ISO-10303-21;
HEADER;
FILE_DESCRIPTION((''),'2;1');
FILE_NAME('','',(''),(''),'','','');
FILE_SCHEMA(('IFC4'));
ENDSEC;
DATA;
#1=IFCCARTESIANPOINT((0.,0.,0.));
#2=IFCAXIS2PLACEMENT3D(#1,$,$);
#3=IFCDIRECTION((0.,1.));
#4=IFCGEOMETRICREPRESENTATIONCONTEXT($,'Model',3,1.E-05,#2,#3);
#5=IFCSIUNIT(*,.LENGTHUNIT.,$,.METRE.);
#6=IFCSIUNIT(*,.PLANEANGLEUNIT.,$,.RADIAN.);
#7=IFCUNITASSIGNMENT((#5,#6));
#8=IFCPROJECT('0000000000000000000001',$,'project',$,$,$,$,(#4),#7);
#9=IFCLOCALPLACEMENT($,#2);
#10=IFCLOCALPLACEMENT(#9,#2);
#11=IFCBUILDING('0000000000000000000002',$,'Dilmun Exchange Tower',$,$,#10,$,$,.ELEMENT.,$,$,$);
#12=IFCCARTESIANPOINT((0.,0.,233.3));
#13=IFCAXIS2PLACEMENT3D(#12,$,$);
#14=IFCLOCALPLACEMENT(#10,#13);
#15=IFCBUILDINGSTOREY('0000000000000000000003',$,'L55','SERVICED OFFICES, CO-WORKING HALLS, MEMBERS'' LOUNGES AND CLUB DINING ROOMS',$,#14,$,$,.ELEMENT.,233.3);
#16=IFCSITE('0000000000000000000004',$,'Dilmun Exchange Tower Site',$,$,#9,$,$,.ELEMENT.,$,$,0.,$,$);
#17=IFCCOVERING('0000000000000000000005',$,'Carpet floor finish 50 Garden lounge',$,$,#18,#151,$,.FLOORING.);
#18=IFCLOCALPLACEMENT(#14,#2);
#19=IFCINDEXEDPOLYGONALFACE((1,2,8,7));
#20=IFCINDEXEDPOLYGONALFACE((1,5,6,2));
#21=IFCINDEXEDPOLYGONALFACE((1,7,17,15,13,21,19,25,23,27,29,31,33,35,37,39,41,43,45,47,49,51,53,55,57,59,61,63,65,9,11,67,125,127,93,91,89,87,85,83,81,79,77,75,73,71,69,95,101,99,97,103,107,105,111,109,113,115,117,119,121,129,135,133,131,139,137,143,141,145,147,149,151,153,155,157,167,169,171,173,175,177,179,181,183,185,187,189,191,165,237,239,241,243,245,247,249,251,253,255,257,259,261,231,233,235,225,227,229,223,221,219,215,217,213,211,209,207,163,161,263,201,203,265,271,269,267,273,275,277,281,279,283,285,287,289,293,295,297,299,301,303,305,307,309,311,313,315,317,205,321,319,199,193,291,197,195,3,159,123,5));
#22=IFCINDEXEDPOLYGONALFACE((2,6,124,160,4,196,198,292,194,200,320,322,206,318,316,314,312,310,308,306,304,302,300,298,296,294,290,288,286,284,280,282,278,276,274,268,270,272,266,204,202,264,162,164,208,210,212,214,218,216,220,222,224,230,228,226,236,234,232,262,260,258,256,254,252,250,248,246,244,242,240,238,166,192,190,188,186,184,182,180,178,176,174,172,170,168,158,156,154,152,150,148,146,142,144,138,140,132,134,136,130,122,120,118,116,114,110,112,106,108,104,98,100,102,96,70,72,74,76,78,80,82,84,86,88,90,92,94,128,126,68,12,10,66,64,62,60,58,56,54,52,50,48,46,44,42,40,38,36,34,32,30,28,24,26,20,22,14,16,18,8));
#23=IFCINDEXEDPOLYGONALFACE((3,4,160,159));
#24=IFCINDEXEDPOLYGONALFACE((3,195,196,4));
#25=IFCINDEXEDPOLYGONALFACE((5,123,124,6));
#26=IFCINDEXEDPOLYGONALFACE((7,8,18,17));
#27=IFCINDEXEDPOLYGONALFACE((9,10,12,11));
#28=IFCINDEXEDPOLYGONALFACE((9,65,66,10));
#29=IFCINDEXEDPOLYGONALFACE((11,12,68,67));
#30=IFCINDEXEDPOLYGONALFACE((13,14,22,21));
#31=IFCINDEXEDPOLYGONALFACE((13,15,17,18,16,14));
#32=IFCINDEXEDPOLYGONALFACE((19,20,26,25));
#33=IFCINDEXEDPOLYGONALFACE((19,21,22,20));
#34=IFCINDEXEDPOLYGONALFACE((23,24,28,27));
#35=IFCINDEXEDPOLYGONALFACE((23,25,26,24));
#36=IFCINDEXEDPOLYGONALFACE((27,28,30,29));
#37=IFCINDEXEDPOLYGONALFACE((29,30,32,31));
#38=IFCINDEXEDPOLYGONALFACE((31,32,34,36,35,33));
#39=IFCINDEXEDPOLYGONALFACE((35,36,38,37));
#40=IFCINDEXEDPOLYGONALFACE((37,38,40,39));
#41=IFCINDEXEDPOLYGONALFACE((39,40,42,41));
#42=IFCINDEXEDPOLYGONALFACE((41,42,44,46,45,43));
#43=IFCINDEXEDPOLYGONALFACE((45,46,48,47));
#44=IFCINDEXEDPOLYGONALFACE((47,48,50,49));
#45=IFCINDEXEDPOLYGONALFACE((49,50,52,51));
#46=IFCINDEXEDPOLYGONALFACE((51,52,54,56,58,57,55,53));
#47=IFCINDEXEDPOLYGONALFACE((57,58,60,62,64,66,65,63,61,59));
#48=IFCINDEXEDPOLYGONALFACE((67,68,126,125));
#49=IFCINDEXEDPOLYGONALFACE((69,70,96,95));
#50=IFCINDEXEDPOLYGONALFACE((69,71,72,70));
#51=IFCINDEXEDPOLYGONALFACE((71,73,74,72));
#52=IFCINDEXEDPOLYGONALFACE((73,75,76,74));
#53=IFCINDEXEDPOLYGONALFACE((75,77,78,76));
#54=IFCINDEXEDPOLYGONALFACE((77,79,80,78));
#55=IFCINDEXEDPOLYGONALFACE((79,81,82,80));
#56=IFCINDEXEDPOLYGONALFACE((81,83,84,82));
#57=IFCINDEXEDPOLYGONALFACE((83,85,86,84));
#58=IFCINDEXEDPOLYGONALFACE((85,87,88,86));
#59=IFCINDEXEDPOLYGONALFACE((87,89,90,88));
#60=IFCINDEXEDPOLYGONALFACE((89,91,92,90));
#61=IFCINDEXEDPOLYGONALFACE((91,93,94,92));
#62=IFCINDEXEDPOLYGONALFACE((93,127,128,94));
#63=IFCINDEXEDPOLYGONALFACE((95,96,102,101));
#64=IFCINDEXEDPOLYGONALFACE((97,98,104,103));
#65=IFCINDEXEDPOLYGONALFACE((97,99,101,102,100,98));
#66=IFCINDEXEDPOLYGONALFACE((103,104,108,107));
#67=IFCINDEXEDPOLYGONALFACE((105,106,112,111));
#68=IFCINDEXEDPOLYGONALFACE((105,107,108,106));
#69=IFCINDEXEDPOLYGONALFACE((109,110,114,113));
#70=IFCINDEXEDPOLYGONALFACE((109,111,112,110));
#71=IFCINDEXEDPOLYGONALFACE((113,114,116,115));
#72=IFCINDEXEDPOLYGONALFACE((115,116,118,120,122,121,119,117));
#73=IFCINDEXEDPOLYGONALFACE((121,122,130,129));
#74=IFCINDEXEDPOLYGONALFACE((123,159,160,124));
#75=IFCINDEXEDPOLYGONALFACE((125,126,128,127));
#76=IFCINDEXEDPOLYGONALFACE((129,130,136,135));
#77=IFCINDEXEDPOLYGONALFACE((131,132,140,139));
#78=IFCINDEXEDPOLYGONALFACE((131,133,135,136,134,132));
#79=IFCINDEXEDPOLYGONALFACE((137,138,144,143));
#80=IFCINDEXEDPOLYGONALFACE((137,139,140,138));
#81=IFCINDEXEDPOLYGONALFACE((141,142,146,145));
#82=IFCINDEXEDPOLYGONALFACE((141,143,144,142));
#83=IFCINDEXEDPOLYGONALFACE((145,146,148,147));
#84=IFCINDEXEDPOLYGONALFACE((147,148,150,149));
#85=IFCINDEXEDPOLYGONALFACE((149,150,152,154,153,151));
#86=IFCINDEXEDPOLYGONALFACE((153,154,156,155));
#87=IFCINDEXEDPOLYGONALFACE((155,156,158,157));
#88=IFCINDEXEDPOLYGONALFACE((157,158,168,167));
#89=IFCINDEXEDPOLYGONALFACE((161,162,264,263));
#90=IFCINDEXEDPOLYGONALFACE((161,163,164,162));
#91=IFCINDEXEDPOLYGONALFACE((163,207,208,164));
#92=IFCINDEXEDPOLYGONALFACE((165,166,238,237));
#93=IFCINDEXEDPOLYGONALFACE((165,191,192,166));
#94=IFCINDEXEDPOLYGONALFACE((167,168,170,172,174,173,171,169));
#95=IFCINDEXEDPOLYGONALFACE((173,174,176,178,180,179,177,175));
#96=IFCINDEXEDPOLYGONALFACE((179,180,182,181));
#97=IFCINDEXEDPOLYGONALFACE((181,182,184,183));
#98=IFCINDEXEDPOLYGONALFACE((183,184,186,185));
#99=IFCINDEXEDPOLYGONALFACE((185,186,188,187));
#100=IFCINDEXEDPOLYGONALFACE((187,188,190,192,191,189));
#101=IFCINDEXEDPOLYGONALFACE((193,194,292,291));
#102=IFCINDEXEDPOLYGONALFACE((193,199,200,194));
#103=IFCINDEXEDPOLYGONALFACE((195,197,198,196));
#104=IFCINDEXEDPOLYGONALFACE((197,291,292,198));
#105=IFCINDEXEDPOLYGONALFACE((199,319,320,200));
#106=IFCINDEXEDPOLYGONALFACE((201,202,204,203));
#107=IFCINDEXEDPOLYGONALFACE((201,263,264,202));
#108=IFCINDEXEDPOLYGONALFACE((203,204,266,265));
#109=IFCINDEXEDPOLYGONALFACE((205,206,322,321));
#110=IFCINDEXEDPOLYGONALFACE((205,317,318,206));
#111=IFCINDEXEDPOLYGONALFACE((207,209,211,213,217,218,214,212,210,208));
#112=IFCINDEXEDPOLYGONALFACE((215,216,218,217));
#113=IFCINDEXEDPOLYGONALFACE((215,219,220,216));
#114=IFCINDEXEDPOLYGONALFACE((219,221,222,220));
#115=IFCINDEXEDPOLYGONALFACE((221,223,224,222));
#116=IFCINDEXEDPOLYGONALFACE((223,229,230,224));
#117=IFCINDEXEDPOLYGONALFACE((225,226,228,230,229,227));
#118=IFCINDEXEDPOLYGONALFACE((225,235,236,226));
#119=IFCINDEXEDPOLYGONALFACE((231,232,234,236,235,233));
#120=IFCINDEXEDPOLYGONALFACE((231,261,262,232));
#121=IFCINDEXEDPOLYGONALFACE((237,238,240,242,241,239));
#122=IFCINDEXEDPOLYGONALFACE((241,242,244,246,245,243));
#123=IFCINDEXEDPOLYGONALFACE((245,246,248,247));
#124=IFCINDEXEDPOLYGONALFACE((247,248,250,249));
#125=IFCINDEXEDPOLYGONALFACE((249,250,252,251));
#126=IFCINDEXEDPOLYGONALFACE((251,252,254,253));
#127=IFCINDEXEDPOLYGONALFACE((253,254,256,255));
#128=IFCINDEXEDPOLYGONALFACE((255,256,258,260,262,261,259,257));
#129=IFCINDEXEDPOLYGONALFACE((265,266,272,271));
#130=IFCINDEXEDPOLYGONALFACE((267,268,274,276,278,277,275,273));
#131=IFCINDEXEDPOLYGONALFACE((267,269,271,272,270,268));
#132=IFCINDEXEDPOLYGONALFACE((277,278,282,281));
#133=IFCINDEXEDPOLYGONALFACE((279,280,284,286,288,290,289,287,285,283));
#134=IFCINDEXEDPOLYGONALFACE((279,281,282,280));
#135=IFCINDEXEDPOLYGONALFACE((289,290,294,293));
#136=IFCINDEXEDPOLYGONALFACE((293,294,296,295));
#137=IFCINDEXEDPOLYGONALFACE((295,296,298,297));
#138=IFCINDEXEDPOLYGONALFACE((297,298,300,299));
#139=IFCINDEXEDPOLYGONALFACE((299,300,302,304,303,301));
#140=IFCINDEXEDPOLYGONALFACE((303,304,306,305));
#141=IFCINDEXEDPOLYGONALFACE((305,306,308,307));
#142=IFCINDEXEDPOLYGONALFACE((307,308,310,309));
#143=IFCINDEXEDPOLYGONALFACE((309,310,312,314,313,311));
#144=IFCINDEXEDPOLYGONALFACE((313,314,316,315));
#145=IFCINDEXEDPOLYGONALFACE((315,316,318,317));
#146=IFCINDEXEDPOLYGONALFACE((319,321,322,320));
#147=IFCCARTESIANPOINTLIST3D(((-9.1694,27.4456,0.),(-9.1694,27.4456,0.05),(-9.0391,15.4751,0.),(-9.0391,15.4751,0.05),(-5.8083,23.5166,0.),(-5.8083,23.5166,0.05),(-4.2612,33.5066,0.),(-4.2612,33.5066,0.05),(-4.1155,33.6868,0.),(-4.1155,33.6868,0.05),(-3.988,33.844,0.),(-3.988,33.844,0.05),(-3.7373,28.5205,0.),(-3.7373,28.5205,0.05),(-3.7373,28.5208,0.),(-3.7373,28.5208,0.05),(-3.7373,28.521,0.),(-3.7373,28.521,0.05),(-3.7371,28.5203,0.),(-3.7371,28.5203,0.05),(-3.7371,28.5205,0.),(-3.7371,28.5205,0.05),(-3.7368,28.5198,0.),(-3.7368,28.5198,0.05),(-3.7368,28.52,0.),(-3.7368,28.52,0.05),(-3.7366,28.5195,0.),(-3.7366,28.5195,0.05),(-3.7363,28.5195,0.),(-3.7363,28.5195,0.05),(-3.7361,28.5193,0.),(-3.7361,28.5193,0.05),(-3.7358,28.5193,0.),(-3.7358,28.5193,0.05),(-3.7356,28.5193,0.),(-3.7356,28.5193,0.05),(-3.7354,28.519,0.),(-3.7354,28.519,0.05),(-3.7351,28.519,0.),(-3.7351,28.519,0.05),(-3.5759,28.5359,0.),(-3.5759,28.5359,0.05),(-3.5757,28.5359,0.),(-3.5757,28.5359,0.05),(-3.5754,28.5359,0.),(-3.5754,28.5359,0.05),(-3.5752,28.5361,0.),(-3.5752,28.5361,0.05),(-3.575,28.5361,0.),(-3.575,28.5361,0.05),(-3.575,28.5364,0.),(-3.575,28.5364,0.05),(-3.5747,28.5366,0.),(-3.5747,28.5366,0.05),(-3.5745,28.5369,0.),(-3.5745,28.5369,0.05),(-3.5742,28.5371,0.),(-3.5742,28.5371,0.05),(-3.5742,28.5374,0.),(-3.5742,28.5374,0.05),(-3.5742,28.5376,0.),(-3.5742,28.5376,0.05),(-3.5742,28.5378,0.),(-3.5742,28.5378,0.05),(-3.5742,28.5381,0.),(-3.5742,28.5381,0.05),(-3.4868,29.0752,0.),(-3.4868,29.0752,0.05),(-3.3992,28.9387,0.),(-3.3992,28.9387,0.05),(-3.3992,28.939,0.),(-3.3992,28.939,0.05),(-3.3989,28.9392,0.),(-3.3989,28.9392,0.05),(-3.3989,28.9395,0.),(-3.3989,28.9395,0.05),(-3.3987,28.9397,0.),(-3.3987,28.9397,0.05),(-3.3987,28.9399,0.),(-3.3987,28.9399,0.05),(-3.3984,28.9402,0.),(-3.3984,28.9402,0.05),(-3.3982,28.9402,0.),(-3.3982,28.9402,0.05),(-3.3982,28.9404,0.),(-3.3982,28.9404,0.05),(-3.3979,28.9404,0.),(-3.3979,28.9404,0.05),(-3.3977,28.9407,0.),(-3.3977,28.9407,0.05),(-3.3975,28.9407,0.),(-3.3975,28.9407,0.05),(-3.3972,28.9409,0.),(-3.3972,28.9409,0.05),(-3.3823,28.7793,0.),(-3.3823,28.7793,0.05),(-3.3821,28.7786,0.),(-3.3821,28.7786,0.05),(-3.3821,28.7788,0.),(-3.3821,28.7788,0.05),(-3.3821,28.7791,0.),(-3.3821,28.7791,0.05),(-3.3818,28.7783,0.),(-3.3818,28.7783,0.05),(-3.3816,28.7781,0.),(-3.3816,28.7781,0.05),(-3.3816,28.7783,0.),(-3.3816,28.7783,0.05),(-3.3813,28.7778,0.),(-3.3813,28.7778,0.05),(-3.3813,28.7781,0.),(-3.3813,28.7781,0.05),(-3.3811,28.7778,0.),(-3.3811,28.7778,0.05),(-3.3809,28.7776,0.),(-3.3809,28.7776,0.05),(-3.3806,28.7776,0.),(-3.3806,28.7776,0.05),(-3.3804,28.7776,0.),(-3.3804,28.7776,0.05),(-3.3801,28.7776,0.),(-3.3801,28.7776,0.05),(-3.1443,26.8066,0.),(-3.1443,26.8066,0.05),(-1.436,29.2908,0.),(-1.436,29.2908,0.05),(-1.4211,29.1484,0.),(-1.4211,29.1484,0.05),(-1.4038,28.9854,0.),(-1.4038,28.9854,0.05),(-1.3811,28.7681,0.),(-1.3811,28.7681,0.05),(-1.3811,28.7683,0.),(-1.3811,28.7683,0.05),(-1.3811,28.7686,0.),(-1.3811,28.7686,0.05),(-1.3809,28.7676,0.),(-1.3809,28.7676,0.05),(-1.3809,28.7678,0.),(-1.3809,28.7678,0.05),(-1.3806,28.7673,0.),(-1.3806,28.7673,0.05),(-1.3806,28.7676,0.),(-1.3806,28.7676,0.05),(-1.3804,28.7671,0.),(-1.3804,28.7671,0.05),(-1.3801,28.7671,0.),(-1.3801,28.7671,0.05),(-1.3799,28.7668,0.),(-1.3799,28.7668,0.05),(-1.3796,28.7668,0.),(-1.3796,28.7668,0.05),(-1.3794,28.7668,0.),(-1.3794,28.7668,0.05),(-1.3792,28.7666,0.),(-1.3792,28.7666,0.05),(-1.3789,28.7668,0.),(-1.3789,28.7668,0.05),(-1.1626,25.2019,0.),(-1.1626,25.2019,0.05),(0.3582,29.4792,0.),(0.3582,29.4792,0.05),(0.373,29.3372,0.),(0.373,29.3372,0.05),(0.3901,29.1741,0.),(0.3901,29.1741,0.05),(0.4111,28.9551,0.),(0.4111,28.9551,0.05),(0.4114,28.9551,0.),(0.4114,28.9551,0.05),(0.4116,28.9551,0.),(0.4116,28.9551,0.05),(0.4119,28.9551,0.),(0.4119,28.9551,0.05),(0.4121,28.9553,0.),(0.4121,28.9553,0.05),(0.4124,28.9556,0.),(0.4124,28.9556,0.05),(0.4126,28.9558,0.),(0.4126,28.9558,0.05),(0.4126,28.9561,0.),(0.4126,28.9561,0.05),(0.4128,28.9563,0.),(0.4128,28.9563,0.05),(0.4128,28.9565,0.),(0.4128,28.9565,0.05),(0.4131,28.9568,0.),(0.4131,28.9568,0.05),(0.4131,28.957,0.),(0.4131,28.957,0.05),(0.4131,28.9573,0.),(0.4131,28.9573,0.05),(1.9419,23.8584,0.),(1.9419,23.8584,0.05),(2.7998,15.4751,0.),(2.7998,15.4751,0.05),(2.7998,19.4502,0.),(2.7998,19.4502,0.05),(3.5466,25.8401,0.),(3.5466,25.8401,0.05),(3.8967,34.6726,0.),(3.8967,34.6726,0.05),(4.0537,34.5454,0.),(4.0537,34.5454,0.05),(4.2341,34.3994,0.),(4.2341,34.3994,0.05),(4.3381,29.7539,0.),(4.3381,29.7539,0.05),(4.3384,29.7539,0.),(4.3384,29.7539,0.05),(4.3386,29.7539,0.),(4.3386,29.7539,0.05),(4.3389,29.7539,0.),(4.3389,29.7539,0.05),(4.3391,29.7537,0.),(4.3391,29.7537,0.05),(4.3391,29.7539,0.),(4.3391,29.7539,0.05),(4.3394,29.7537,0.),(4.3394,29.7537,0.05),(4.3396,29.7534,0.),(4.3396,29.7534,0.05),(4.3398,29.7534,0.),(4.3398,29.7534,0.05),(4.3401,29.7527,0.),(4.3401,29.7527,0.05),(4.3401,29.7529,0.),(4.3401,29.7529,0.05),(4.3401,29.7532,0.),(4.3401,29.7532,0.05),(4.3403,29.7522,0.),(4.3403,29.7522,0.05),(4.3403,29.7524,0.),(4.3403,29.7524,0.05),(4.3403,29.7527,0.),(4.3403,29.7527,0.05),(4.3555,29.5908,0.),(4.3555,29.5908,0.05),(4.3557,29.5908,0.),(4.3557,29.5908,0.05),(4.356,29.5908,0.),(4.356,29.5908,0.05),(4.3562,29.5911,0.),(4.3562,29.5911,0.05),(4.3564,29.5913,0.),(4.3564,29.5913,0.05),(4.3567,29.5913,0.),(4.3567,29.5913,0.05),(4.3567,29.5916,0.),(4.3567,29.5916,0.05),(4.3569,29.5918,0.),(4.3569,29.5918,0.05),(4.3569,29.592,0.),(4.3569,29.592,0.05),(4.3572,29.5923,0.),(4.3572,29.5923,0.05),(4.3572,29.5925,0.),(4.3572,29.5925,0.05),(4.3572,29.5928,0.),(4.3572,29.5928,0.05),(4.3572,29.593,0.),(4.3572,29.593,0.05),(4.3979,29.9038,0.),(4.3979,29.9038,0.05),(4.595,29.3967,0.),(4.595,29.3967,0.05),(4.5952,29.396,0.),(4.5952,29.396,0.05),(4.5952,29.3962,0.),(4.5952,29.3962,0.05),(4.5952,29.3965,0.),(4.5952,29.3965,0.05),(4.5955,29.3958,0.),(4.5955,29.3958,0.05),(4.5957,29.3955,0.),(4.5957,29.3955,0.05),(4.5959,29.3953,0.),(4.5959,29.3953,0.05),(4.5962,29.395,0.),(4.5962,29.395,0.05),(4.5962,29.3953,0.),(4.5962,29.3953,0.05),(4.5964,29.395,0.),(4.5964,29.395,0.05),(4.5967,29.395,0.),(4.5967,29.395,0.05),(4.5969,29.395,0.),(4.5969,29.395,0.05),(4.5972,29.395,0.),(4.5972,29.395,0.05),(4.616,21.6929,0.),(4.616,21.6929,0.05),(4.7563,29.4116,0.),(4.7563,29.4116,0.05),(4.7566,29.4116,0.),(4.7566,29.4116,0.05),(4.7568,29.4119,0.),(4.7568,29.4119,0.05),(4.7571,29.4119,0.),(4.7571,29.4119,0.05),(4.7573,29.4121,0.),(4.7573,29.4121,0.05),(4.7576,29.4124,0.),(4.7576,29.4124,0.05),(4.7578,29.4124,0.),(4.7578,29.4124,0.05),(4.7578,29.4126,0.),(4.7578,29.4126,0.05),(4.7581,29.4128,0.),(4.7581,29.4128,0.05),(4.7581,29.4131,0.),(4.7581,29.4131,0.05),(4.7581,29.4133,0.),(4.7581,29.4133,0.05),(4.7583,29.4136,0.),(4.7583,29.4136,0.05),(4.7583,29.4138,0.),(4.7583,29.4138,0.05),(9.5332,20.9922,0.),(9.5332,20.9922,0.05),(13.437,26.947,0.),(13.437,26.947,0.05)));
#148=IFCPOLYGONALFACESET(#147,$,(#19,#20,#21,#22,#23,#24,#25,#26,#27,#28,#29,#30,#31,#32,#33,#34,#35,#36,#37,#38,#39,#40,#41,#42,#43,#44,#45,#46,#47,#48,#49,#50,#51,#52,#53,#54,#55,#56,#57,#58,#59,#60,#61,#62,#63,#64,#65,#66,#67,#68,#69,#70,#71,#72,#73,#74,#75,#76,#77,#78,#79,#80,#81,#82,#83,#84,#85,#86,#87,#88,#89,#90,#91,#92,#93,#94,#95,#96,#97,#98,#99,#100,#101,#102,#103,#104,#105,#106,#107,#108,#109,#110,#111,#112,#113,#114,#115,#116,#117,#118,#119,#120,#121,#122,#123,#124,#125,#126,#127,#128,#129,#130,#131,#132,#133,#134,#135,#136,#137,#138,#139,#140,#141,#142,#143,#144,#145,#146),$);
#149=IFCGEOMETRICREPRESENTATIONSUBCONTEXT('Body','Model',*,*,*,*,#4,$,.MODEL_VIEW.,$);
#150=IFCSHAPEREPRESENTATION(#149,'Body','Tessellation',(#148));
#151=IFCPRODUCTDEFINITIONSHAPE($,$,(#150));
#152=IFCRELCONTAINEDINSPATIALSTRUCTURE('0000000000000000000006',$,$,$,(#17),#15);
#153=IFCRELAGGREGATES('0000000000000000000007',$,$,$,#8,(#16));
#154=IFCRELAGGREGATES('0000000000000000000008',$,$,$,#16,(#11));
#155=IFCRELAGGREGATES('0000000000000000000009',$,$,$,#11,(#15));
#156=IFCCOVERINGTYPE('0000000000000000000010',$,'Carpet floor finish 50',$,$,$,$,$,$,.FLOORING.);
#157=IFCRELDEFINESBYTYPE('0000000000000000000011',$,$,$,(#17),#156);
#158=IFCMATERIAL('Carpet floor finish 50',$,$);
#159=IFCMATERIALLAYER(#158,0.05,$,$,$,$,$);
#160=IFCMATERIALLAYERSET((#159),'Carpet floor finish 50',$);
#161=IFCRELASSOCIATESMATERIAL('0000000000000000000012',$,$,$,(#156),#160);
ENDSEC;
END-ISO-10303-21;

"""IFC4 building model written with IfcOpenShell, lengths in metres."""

from ifc_helpers import new_model, si_unit, direction, frame, origin, place, context, subcontext, project, spatial, polyline, outline, extrude, material, layer, layer_set, type_object, element, save


model = new_model("IFC4")

# Units and contexts
model_context = context("Model", 3, precision=1e-05, world=origin(), true_north=direction((0.0, 1.0)))
body_context = subcontext(model_context, "Body", "Model", "MODEL_VIEW")
ifc_project = project(units=[si_unit("LENGTHUNIT", "METRE"), si_unit("PLANEANGLEUNIT", "RADIAN")], contexts=[model_context])

# Site, building, storey
site_placement = place(None, origin())
site = spatial("IfcSite", under=ifc_project, at=site_placement, Name="Dilmun Exchange Tower Site", CompositionType="ELEMENT", RefElevation=0.0)
building_placement = place(site_placement, origin())
building = spatial("IfcBuilding", under=site, at=building_placement, Name="Dilmun Exchange Tower", CompositionType="ELEMENT")
storey_placement = place(building_placement, frame((0.0, 0.0, 233.3)))
storey = spatial("IfcBuildingStorey", under=building, at=storey_placement, Name="L55", Description="SERVICED OFFICES, CO-WORKING HALLS, MEMBERS' LOUNGES AND CLUB DINING ROOMS", CompositionType="ELEMENT", Elevation=233.3)

# Covering
ifc_material_1 = material(Name="Carpet floor finish 50")
ifc_layer_1 = layer(ifc_material_1, 0.05)
ifc_layer_set_1 = layer_set([ifc_layer_1], Name="Carpet floor finish 50")
covering_type_1 = type_object("IfcCoveringType", Name="Carpet floor finish 50", PredefinedType="FLOORING", material=ifc_layer_set_1)
covering_1_placement = place(storey_placement, origin())
element("IfcCovering", 1, at=covering_1_placement, inside=storey, type_object=covering_type_1, Name="Carpet floor finish 50 Garden lounge", PredefinedType="FLOORING", context=body_context, shape_type="SweptSolid", body=[
    extrude(outline(polyline([(-3.4868, 29.0752), (-1.436, 29.2908), (-1.4211, 29.1484), (-3.3972, 28.9409), (-3.3975, 28.9407), (-3.3977, 28.9407), (-3.3977, 28.9407), (-3.3979, 28.9404), (-3.3982, 28.9404), (-3.3982, 28.9402), (-3.3984, 28.9402), (-3.3987, 28.9399), (-3.3987, 28.9399), (-3.3987, 28.9397), (-3.3989, 28.9395), (-3.3989, 28.9392), (-3.3989, 28.9392), (-3.3992, 28.939), (-3.3992, 28.9387), (-3.3992, 28.9387), (-3.3823, 28.7793), (-3.3823, 28.7793), (-3.3821, 28.7791), (-3.3821, 28.7788), (-3.3821, 28.7788), (-3.3821, 28.7786), (-3.3818, 28.7783), (-3.3816, 28.7783), (-3.3816, 28.7781), (-3.3813, 28.7781), (-3.3813, 28.7778), (-3.3811, 28.7778), (-3.3809, 28.7776), (-3.3806, 28.7776), (-3.3806, 28.7776), (-3.3804, 28.7776), (-3.3801, 28.7776), (-1.4038, 28.9854), (-1.3811, 28.7686), (-1.3811, 28.7683), (-1.3811, 28.7683), (-1.3811, 28.7681), (-1.3809, 28.7678), (-1.3809, 28.7676), (-1.3806, 28.7676), (-1.3806, 28.7673), (-1.3804, 28.7671), (-1.3801, 28.7671), (-1.3801, 28.7671), (-1.3799, 28.7668), (-1.3796, 28.7668), (-1.3794, 28.7668), (-1.3794, 28.7668), (-1.3792, 28.7666), (-1.3789, 28.7668), (0.4111, 28.9551), (0.4114, 28.9551), (0.4116, 28.9551), (0.4116, 28.9551), (0.4119, 28.9551), (0.4121, 28.9553), (0.4121, 28.9553), (0.4124, 28.9556), (0.4126, 28.9558), (0.4126, 28.9558), (0.4126, 28.9561), (0.4128, 28.9563), (0.4128, 28.9563), (0.4128, 28.9565), (0.4131, 28.9568), (0.4131, 28.957), (0.4131, 28.9573), (0.3901, 29.1741), (4.3555, 29.5908), (4.3557, 29.5908), (4.3557, 29.5908), (4.356, 29.5908), (4.3562, 29.5911), (4.3562, 29.5911), (4.3564, 29.5913), (4.3567, 29.5913), (4.3567, 29.5916), (4.3567, 29.5916), (4.3569, 29.5918), (4.3569, 29.592), (4.3572, 29.5923), (4.3572, 29.5923), (4.3572, 29.5925), (4.3572, 29.5928), (4.3572, 29.593), (4.3403, 29.7522), (4.3403, 29.7522), (4.3403, 29.7524), (4.3403, 29.7527), (4.3401, 29.7527), (4.3401, 29.7529), (4.3401, 29.7532), (4.3398, 29.7534), (4.3396, 29.7534), (4.3396, 29.7534), (4.3394, 29.7537), (4.3391, 29.7537), (4.3391, 29.7539), (4.3389, 29.7539), (4.3386, 29.7539), (4.3384, 29.7539), (4.3381, 29.7539), (0.373, 29.3372), (0.3582, 29.4792), (4.3979, 29.9038), (3.8967, 34.6726), (4.0537, 34.5454), (4.595, 29.3967), (4.5952, 29.3965), (4.5952, 29.3962), (4.5952, 29.3962), (4.5952, 29.396), (4.5955, 29.3958), (4.5955, 29.3958), (4.5957, 29.3955), (4.5957, 29.3955), (4.5959, 29.3953), (4.5962, 29.3953), (4.5962, 29.395), (4.5964, 29.395), (4.5967, 29.395), (4.5969, 29.395), (4.5972, 29.395), (4.5972, 29.395), (4.7563, 29.4116), (4.7566, 29.4116), (4.7568, 29.4119), (4.7568, 29.4119), (4.7571, 29.4119), (4.7573, 29.4121), (4.7573, 29.4121), (4.7576, 29.4124), (4.7578, 29.4124), (4.7578, 29.4126), (4.7578, 29.4126), (4.7581, 29.4128), (4.7581, 29.4131), (4.7581, 29.4133), (4.7583, 29.4136), (4.7583, 29.4138), (4.7583, 29.4138), (4.2341, 34.3994), (13.437, 26.947), (9.5332, 20.9922), (3.5466, 25.8401), (1.9419, 23.8584), (4.616, 21.6929), (2.7998, 19.4502), (2.7998, 15.4751), (-9.0391, 15.4751), (-1.1626, 25.2019), (-3.1443, 26.8066), (-5.8083, 23.5166), (-9.1694, 27.4456), (-4.2612, 33.5066), (-3.7373, 28.521), (-3.7373, 28.5208), (-3.7373, 28.5205), (-3.7371, 28.5205), (-3.7371, 28.5203), (-3.7368, 28.52), (-3.7368, 28.52), (-3.7368, 28.5198), (-3.7366, 28.5195), (-3.7363, 28.5195), (-3.7361, 28.5193), (-3.7361, 28.5193), (-3.7358, 28.5193), (-3.7356, 28.5193), (-3.7354, 28.519), (-3.7351, 28.519), (-3.7351, 28.519), (-3.5759, 28.5359), (-3.5757, 28.5359), (-3.5754, 28.5359), (-3.5754, 28.5359), (-3.5752, 28.5361), (-3.575, 28.5361), (-3.575, 28.5364), (-3.5747, 28.5366), (-3.5747, 28.5366), (-3.5745, 28.5369), (-3.5745, 28.5369), (-3.5742, 28.5371), (-3.5742, 28.5374), (-3.5742, 28.5376), (-3.5742, 28.5376), (-3.5742, 28.5378), (-3.5742, 28.5381), (-4.1155, 33.6868), (-3.988, 33.844), (-3.4868, 29.0752)])), origin(), (0.0, 0.0, 1.0), 0.05),
])

save(model, "model.ifc")
